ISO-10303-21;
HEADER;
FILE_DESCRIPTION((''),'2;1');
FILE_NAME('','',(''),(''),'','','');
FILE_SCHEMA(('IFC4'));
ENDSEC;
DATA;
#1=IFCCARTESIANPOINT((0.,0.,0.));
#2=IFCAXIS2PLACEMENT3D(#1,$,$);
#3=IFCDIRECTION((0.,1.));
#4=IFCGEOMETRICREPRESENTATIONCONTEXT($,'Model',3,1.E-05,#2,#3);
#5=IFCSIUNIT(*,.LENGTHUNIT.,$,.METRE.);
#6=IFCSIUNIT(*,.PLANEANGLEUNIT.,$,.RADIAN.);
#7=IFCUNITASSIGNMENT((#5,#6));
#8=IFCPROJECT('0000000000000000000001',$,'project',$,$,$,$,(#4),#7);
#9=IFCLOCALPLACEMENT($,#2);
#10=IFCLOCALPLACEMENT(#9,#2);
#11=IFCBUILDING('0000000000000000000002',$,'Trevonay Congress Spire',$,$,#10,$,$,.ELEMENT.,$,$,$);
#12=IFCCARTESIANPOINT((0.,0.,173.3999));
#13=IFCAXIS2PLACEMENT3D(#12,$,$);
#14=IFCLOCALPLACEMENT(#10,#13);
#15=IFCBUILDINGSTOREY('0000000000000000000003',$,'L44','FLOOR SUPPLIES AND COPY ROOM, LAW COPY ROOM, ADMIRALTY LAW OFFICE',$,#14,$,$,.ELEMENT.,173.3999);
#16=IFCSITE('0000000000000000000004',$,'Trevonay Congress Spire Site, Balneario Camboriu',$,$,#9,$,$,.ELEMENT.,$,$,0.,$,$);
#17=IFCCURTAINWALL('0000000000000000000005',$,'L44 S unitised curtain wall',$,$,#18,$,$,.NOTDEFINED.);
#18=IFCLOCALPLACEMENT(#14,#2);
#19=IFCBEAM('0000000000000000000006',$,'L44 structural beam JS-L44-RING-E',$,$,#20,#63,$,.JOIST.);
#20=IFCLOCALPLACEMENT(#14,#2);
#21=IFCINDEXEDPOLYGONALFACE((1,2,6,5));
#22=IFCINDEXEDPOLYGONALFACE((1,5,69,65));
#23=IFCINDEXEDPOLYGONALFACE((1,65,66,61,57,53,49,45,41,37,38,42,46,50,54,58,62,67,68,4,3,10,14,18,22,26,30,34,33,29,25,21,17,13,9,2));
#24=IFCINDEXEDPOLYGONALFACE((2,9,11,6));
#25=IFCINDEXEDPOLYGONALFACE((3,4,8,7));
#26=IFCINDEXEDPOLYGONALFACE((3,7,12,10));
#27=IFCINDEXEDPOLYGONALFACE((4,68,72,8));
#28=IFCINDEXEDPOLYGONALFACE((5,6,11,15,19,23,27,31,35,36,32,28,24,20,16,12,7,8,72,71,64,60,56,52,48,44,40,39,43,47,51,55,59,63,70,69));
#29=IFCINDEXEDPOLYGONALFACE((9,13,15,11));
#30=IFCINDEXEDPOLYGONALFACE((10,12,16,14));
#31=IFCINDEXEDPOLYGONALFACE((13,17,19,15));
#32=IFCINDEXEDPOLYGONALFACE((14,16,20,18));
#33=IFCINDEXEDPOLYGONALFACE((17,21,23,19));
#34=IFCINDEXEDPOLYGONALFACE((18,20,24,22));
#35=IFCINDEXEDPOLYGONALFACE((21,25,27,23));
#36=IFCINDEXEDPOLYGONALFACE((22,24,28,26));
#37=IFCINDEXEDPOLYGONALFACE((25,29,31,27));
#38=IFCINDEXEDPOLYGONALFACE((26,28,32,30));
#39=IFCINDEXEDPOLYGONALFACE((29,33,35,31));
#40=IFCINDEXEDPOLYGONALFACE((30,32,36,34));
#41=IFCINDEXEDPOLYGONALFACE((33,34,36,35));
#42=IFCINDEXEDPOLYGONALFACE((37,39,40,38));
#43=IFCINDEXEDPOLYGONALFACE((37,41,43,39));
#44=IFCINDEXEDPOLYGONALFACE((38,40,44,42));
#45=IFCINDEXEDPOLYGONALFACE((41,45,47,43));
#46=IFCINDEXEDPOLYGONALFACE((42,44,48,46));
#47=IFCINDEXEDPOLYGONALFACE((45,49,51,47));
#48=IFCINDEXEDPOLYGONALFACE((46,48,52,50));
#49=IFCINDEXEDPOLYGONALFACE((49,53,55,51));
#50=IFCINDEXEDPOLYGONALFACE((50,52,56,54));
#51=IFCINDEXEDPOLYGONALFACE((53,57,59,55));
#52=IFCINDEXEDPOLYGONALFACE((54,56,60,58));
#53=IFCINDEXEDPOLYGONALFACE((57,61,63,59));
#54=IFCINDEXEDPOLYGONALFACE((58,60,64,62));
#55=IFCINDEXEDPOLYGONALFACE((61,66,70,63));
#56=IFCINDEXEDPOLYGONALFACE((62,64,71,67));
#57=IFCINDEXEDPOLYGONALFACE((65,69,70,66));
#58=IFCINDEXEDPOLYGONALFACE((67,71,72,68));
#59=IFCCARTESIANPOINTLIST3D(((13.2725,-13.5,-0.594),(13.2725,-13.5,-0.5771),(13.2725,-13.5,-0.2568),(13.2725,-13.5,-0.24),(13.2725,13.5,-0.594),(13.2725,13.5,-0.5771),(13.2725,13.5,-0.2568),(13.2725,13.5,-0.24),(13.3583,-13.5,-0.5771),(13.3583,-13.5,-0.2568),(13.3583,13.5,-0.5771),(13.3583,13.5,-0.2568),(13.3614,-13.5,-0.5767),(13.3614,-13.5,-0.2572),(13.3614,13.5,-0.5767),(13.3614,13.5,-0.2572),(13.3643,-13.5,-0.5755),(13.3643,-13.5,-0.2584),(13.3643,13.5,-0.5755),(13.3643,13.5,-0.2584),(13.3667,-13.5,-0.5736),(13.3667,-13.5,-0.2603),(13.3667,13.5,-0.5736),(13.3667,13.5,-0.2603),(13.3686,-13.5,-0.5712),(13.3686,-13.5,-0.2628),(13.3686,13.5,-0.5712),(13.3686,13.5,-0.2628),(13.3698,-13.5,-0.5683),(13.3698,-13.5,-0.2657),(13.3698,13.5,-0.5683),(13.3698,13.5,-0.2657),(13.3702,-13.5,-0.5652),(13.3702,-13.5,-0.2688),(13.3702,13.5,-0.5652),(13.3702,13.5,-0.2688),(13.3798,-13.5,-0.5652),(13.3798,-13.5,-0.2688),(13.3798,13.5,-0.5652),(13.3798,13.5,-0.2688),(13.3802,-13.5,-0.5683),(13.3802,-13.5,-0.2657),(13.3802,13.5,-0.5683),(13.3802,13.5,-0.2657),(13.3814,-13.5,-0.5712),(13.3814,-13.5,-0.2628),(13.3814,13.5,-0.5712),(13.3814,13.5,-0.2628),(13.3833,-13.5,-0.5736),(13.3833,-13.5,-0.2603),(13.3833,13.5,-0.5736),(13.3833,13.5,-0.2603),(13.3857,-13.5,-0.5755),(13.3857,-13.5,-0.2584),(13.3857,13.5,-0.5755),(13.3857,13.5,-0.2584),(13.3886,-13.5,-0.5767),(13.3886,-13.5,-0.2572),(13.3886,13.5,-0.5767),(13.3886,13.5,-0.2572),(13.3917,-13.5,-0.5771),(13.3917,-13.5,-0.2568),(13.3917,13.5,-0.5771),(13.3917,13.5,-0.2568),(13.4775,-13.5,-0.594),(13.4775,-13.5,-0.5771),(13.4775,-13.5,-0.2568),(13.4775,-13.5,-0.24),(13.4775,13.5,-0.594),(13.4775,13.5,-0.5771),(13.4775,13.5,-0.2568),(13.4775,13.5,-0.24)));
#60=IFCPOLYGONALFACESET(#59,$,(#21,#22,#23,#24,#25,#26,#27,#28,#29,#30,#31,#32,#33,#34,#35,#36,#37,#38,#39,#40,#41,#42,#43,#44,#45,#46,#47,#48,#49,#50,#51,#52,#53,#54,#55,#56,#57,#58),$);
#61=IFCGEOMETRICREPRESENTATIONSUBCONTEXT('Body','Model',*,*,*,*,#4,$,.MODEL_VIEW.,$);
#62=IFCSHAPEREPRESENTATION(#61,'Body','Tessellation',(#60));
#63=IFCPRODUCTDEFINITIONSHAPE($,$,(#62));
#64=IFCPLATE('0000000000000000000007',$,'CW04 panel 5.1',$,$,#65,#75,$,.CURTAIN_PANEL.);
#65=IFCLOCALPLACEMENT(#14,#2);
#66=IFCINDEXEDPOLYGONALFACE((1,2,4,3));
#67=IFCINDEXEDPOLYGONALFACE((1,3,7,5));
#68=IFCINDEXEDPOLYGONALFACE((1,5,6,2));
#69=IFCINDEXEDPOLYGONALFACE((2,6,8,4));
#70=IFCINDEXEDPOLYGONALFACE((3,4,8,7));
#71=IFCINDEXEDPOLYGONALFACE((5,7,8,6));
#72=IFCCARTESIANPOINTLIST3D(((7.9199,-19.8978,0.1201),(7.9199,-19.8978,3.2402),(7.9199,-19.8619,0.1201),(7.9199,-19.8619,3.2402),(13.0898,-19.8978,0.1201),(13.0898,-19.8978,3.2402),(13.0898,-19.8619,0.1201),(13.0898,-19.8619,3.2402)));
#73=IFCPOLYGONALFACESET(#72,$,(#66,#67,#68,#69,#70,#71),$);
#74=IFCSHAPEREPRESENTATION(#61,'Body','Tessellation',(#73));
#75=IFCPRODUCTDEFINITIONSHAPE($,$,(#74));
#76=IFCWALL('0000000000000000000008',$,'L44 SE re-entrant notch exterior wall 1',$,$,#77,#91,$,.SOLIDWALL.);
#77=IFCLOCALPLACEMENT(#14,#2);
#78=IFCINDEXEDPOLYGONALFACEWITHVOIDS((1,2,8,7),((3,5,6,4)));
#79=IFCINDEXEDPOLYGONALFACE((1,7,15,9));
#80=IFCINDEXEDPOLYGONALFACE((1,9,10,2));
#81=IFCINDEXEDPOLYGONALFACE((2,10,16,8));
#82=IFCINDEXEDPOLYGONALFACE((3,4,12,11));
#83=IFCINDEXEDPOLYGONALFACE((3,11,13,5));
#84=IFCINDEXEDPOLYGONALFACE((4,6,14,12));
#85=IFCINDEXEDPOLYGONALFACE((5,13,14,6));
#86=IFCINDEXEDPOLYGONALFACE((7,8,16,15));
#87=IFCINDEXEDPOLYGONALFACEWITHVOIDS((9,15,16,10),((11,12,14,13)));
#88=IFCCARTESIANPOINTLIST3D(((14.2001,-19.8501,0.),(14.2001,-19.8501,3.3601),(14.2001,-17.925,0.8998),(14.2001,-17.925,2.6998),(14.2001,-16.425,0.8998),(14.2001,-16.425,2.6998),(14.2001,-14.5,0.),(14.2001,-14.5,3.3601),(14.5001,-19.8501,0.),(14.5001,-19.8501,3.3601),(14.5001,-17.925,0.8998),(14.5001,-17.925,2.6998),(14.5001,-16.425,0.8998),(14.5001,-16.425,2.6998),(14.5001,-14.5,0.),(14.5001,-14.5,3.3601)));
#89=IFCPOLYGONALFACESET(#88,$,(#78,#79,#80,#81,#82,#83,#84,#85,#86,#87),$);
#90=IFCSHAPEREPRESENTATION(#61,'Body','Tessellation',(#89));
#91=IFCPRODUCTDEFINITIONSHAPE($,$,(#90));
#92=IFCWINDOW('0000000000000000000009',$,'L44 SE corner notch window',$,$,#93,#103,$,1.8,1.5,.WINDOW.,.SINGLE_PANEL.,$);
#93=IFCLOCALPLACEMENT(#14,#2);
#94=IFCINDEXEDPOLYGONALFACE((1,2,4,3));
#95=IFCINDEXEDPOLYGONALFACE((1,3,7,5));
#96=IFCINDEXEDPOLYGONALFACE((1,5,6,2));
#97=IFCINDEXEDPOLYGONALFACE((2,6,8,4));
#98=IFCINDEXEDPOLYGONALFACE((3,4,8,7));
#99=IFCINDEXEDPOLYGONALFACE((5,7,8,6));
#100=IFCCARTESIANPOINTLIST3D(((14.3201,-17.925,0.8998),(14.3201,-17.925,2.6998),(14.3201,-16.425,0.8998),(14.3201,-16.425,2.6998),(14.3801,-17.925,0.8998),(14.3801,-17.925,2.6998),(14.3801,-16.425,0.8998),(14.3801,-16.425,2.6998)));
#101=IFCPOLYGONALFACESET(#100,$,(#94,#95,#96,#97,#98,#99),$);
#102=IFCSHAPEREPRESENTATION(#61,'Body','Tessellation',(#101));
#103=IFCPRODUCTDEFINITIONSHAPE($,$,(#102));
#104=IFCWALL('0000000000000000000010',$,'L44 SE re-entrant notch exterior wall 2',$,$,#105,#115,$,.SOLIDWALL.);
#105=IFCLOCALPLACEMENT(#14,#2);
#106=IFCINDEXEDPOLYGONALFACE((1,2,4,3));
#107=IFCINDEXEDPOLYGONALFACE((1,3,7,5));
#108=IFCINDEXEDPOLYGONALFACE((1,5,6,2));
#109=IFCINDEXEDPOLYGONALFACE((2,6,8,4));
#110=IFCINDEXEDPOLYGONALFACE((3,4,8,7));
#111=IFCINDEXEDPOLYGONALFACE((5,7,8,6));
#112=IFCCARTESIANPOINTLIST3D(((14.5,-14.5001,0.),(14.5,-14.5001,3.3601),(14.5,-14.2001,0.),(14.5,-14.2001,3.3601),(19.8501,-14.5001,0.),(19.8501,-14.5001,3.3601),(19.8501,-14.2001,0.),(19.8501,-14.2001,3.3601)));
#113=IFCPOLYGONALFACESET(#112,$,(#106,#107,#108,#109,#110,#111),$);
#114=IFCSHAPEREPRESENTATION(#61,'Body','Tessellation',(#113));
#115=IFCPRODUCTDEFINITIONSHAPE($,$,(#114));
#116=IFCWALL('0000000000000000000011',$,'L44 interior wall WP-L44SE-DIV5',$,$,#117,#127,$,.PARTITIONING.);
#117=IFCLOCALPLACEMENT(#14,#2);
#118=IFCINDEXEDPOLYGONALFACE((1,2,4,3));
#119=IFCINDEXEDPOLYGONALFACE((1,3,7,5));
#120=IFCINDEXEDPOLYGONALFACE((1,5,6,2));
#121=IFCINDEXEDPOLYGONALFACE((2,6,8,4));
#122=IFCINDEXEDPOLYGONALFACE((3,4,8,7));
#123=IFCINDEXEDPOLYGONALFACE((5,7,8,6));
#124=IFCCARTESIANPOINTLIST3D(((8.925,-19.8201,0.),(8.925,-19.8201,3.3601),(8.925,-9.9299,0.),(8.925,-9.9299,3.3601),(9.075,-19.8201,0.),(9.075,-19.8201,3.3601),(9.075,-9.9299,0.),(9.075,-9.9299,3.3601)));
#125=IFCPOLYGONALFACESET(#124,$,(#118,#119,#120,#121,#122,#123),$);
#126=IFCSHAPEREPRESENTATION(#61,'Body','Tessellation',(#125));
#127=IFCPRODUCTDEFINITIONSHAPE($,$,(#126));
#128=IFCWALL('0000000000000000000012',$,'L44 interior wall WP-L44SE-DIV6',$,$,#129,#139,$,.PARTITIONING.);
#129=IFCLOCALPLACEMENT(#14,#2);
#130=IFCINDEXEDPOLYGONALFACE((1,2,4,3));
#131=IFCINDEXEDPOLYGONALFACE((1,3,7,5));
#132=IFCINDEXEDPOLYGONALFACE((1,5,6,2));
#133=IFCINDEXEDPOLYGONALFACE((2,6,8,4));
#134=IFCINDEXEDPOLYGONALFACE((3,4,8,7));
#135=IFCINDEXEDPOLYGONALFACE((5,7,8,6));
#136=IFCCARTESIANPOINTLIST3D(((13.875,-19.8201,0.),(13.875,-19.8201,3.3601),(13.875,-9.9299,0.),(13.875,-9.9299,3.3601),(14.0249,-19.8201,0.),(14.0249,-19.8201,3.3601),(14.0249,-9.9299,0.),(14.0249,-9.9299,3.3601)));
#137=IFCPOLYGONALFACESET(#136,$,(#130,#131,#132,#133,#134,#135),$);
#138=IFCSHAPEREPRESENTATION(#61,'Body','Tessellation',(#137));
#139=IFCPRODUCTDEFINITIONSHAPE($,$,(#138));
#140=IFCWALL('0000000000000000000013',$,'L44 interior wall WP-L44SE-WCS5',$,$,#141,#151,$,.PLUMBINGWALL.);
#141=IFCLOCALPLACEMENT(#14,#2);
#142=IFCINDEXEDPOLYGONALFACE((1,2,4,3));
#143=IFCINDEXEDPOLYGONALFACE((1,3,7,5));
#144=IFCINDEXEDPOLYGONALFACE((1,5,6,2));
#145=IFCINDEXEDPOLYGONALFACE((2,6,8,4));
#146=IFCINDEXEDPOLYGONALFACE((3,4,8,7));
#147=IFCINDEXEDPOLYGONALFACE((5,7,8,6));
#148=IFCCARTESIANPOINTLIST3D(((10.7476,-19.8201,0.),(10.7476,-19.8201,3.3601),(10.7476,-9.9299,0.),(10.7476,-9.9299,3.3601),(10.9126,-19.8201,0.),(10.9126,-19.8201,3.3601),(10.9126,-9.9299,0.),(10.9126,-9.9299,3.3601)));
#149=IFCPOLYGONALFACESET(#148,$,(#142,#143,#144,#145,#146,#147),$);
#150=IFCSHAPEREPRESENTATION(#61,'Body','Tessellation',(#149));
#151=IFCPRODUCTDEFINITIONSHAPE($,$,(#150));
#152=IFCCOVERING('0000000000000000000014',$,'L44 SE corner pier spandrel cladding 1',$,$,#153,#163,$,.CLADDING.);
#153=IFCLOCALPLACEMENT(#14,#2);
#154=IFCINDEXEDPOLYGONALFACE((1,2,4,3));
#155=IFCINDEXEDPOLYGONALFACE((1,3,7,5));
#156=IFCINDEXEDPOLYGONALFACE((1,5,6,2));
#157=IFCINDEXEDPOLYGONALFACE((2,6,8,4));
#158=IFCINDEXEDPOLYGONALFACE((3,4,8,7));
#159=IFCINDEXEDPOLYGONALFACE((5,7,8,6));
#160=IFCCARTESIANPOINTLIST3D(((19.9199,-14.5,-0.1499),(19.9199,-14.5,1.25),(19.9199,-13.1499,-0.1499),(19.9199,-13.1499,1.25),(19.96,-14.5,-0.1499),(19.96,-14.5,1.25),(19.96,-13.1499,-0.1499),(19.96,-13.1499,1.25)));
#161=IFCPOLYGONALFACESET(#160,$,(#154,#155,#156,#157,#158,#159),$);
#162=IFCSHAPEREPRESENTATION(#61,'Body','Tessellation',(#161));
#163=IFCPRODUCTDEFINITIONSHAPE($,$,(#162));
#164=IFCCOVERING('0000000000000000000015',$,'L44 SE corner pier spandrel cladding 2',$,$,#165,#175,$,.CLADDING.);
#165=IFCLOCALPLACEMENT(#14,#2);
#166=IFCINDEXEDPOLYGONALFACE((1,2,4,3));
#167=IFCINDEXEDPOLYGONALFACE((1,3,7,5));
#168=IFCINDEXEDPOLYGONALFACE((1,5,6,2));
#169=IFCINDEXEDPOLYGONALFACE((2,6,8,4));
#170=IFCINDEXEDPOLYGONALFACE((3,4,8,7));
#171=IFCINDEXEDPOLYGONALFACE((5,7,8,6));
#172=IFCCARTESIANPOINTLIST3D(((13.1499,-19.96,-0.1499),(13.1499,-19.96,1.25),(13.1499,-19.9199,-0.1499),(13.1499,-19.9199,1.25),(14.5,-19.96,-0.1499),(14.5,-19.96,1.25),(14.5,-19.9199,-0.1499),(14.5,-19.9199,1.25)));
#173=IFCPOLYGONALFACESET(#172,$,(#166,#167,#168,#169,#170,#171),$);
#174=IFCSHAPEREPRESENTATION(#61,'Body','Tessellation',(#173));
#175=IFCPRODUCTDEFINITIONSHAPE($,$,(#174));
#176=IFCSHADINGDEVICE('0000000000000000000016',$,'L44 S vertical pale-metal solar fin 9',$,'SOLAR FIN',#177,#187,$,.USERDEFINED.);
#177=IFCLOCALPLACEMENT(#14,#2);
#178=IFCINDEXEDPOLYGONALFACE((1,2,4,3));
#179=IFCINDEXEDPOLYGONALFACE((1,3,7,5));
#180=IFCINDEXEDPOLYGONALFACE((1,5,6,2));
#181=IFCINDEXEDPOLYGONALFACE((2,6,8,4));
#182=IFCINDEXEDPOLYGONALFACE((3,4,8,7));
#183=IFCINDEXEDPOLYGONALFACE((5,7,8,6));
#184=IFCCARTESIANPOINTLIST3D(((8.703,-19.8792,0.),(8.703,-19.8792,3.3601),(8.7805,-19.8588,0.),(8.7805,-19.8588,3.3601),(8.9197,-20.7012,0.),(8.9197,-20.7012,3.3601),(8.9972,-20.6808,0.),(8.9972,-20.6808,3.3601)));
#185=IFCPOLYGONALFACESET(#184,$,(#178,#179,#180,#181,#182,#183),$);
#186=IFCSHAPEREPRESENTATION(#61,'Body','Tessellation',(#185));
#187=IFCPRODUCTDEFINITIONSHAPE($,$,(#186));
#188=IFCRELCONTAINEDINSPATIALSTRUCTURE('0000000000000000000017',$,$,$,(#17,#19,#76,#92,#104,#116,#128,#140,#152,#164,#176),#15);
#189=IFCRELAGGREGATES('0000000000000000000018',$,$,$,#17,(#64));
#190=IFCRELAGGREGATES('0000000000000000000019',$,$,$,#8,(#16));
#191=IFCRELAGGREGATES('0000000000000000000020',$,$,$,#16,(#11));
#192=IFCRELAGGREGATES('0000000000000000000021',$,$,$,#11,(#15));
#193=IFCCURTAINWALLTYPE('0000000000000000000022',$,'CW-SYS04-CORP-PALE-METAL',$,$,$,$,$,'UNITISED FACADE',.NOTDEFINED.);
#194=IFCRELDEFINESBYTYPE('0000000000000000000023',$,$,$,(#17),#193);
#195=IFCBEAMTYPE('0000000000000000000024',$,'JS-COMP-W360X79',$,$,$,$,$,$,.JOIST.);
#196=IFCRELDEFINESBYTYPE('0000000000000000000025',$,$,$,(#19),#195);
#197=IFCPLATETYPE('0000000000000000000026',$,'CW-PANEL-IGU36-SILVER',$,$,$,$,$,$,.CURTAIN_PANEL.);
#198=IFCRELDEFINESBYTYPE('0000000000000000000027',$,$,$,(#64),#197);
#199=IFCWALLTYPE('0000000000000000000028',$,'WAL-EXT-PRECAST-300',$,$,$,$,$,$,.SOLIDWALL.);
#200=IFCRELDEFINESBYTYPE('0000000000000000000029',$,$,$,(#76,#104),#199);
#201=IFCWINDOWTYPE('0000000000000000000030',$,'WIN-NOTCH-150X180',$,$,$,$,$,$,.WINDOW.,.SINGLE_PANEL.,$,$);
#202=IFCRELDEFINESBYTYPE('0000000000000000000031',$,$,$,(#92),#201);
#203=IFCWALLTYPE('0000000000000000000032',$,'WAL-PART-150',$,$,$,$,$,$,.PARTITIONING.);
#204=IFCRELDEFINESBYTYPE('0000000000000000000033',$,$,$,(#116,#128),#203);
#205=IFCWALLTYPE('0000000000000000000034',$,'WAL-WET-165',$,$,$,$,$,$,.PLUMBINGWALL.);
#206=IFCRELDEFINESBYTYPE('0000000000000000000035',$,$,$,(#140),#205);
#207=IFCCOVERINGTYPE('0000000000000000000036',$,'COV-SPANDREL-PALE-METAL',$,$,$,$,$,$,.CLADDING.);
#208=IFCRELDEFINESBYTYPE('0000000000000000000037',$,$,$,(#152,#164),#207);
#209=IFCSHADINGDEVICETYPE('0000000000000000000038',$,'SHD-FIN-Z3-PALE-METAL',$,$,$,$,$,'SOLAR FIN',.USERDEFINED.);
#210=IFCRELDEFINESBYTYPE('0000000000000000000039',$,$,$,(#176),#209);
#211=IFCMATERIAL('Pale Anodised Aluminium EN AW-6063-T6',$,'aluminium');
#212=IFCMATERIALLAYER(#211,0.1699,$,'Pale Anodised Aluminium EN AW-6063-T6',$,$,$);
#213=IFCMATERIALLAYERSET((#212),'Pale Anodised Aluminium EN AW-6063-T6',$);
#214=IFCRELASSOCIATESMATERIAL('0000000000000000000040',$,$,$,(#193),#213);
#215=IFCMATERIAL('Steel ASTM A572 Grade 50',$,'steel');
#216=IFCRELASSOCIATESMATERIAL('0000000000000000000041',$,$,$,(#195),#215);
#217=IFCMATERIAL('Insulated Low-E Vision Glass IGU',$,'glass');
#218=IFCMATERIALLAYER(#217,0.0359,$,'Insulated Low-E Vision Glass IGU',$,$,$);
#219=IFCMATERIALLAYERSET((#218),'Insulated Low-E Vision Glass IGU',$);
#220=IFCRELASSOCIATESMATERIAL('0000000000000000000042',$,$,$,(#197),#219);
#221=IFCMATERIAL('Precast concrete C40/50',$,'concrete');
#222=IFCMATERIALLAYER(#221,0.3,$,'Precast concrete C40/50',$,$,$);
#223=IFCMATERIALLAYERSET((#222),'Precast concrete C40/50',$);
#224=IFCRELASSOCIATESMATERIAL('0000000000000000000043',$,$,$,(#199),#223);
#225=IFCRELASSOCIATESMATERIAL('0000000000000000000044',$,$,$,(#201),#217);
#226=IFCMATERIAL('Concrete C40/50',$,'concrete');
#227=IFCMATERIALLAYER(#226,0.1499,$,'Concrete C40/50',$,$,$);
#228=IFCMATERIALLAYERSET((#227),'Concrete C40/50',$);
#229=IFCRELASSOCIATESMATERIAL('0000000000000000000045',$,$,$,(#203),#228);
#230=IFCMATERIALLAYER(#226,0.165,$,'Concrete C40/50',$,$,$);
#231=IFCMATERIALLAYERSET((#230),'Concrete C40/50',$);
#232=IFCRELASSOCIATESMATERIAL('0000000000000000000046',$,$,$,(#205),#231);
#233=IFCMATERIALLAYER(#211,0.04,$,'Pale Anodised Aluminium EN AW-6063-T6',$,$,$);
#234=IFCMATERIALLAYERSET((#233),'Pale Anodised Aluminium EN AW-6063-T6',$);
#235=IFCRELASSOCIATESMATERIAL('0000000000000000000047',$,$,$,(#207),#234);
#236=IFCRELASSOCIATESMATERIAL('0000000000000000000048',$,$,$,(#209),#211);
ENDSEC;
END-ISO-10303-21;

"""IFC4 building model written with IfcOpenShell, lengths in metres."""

from ifc_helpers import new_model, si_unit, direction, frame, frame_2d, origin, origin_2d, place, context, subcontext, project, spatial, rectangle, i_section, extrude, material, layer, layer_set, material_profile, profile_set, type_object, element, fill, aggregate, save


model = new_model("IFC4")

# Units and contexts
model_context = context("Model", 3, precision=1e-05, world=origin(), true_north=direction((0.0, 1.0)))
body_context = subcontext(model_context, "Body", "Model", "MODEL_VIEW")
ifc_project = project(units=[si_unit("LENGTHUNIT", "METRE"), si_unit("PLANEANGLEUNIT", "RADIAN")], contexts=[model_context])

# Site, building, storey
site_placement = place(None, origin())
site = spatial("IfcSite", under=ifc_project, at=site_placement, Name="Trevonay Congress Spire Site, Balneario Camboriu", CompositionType="ELEMENT", RefElevation=0.0)
building_placement = place(site_placement, origin())
building = spatial("IfcBuilding", under=site, at=building_placement, Name="Trevonay Congress Spire", CompositionType="ELEMENT")
storey_placement = place(building_placement, frame((0.0, 0.0, 173.3999)))
storey = spatial("IfcBuildingStorey", under=building, at=storey_placement, Name="L44", Description="FLOOR SUPPLIES AND COPY ROOM, LAW COPY ROOM, ADMIRALTY LAW OFFICE", CompositionType="ELEMENT", Elevation=173.3999)

# Shared definitions
ifc_material_1 = material(Name="Steel ASTM A572 Grade 50", Category="steel")

# Curtain wall
ifc_material_2 = material(Name="Pale Anodised Aluminium EN AW-6063-T6", Category="aluminium")
ifc_layer_1 = layer(ifc_material_2, 0.1699, Name="Pale Anodised Aluminium EN AW-6063-T6")
ifc_layer_set_1 = layer_set([ifc_layer_1], Name="Pale Anodised Aluminium EN AW-6063-T6")
curtain_wall_type = type_object("IfcCurtainWallType", Name="CW-SYS04-CORP-PALE-METAL", ElementType="UNITISED FACADE", PredefinedType="NOTDEFINED", material=ifc_layer_set_1)
curtain_wall_1_placement = place(storey_placement, origin())
curtain_wall_1 = element("IfcCurtainWall", 1, at=curtain_wall_1_placement, inside=storey, type_object=curtain_wall_type, Name="L44 S unitised curtain wall", PredefinedType="NOTDEFINED")

# Beam
ifc_material_profile_1 = material_profile(ifc_material_1, i_section(OverallWidth=0.2051, OverallDepth=0.354, WebThickness=0.0095, FlangeThickness=0.0168, FilletRadius=0.012, at=origin_2d()), Name="W360x79")
ifc_profile_set_1 = profile_set([ifc_material_profile_1], Name="Steel ASTM A572 Grade 50")
beam_type_1 = type_object("IfcBeamType", Name="JS-COMP-W360X79", PredefinedType="JOIST", material=ifc_profile_set_1)
beam_placement = place(storey_placement, frame((13.375, -13.5, -0.417), z_axis=(0.0, 1.0, 0.0), x_axis=(-1.0, 0.0, 0.0)))
element("IfcBeam", 2, at=beam_placement, inside=storey, type_object=beam_type_1, Name="L44 structural beam JS-L44-RING-E", PredefinedType="JOIST", context=body_context, shape_type="SweptSolid", body=[
    extrude(i_section(OverallWidth=0.2051, OverallDepth=0.354, WebThickness=0.0095, FlangeThickness=0.0168, FilletRadius=0.012, at=origin_2d()), origin(), (0.0, 0.0, 1.0), 27.0),
])

# Plate
ifc_material_3 = material(Name="Insulated Low-E Vision Glass IGU", Category="glass")
ifc_layer_2 = layer(ifc_material_3, 0.0359, Name="Insulated Low-E Vision Glass IGU")
ifc_layer_set_2 = layer_set([ifc_layer_2], Name="Insulated Low-E Vision Glass IGU")
plate_type = type_object("IfcPlateType", Name="CW-PANEL-IGU36-SILVER", PredefinedType="CURTAIN_PANEL", material=ifc_layer_set_2)
plate_placement = place(storey_placement, frame((10.5049, -19.8799, 0.1201), z_axis=(0.0, 0.0, 1.0), x_axis=(1.0, 0.0, 0.0)))
plate = element("IfcPlate", 3, at=plate_placement, type_object=plate_type, Name="CW04 panel 5.1", PredefinedType="CURTAIN_PANEL", context=body_context, shape_type="SweptSolid", body=[
    extrude(rectangle(XDim=5.1699, YDim=0.0359, at=origin_2d()), origin(), (0.0, 0.0, 1.0), 3.1201),
])
aggregate(curtain_wall_1, [plate])

# Wall, opening, window
ifc_material_4 = material(Name="Precast concrete C40/50", Category="concrete")
ifc_layer_3 = layer(ifc_material_4, 0.3, Name="Precast concrete C40/50")
ifc_layer_set_3 = layer_set([ifc_layer_3], Name="Precast concrete C40/50")
wall_type_1 = type_object("IfcWallType", Name="WAL-EXT-PRECAST-300", PredefinedType="SOLIDWALL", material=ifc_layer_set_3)
wall_1_placement = place(storey_placement, frame((14.3501, -19.8501, 0.0), z_axis=(0.0, 0.0, 1.0), x_axis=(0.0, 1.0, 0.0)))
wall_1 = element("IfcWall", 4, at=wall_1_placement, inside=storey, type_object=wall_type_1, Name="L44 SE re-entrant notch exterior wall 1", PredefinedType="SOLIDWALL", context=body_context, shape_type="SweptSolid", body=[
    extrude(rectangle(XDim=5.3501, YDim=0.3, at=frame_2d((2.675, 0.0))), origin(), (0.0, 0.0, 1.0), 3.3601),
])
opening_placement = place(wall_1_placement, frame((1.925, 0.0, 0.8999)))
opening = element("IfcOpeningElement", 5, at=opening_placement, cuts=wall_1, PredefinedType="OPENING", context=body_context, shape_type="SweptSolid", body=[
    extrude(rectangle(XDim=1.5, YDim=1.8, at=frame_2d((0.75, 0.8999))), frame((0.0, 0.1602, 0.0), z_axis=(0.0, -1.0, 0.0), x_axis=(1.0, 0.0, 0.0)), (0.0, 0.0, 1.0), 0.3201),
])
window_type = type_object("IfcWindowType", Name="WIN-NOTCH-150X180", PartitioningType="SINGLE_PANEL", PredefinedType="WINDOW", material=ifc_material_3)
window_placement = place(opening_placement, origin())
window = element("IfcWindow", 6, at=window_placement, inside=storey, type_object=window_type, Name="L44 SE corner notch window", OverallHeight=1.8, OverallWidth=1.5, PartitioningType="SINGLE_PANEL", PredefinedType="WINDOW", context=body_context, shape_type="SweptSolid", body=[
    extrude(rectangle(XDim=1.5, YDim=1.8, at=frame_2d((0.75, 0.8999))), frame((0.0, 0.03, 0.0), z_axis=(0.0, -1.0, 0.0), x_axis=(1.0, 0.0, 0.0)), (0.0, 0.0, 1.0), 0.0601),
])
fill(opening, window)

# Walls
wall_2_placement = place(storey_placement, frame((19.8501, -14.3501, 0.0), z_axis=(0.0, 0.0, 1.0), x_axis=(-1.0, 0.0, 0.0)))
element("IfcWall", 7, at=wall_2_placement, inside=storey, type_object=wall_type_1, Name="L44 SE re-entrant notch exterior wall 2", PredefinedType="SOLIDWALL", context=body_context, shape_type="SweptSolid", body=[
    extrude(rectangle(XDim=5.3501, YDim=0.3, at=frame_2d((2.675, 0.0))), origin(), (0.0, 0.0, 1.0), 3.3601),
])
ifc_material_5 = material(Name="Concrete C40/50", Category="concrete")
ifc_layer_4 = layer(ifc_material_5, 0.1499, Name="Concrete C40/50")
ifc_layer_set_4 = layer_set([ifc_layer_4], Name="Concrete C40/50")
wall_type_2 = type_object("IfcWallType", Name="WAL-PART-150", PredefinedType="PARTITIONING", material=ifc_layer_set_4)
for number, where, z_axis, x_axis, name in (
    (8, (9.0, -19.8201, 0.0), (0.0, 0.0, 1.0), (0.0, 1.0, 0.0), "L44 interior wall WP-L44SE-DIV5"),
    (9, (13.95, -19.8201, 0.0), (0.0, 0.0, 1.0), (0.0, 1.0, 0.0), "L44 interior wall WP-L44SE-DIV6"),
):
    element("IfcWall", number, at=place(storey_placement, frame(where, z_axis=z_axis, x_axis=x_axis)), inside=storey, type_object=wall_type_2, Name=name, PredefinedType="PARTITIONING", context=body_context, shape_type="SweptSolid", body=[
        extrude(rectangle(XDim=9.8901, YDim=0.1499, at=frame_2d((4.9451, 0.0))), origin(), (0.0, 0.0, 1.0), 3.3601),
    ])
ifc_layer_5 = layer(ifc_material_5, 0.165, Name="Concrete C40/50")
ifc_layer_set_5 = layer_set([ifc_layer_5], Name="Concrete C40/50")
wall_type_3 = type_object("IfcWallType", Name="WAL-WET-165", PredefinedType="PLUMBINGWALL", material=ifc_layer_set_5)
wall_3_placement = place(storey_placement, frame((10.8301, -19.8201, 0.0), z_axis=(0.0, 0.0, 1.0), x_axis=(0.0, 1.0, 0.0)))
element("IfcWall", 10, at=wall_3_placement, inside=storey, type_object=wall_type_3, Name="L44 interior wall WP-L44SE-WCS5", PredefinedType="PLUMBINGWALL", context=body_context, shape_type="SweptSolid", body=[
    extrude(rectangle(XDim=9.8901, YDim=0.165, at=frame_2d((4.9451, 0.0))), origin(), (0.0, 0.0, 1.0), 3.3601),
])

# Coverings
ifc_layer_6 = layer(ifc_material_2, 0.04, Name="Pale Anodised Aluminium EN AW-6063-T6")
ifc_layer_set_6 = layer_set([ifc_layer_6], Name="Pale Anodised Aluminium EN AW-6063-T6")
covering_type = type_object("IfcCoveringType", Name="COV-SPANDREL-PALE-METAL", PredefinedType="CLADDING", material=ifc_layer_set_6)
for number, where, z_axis, x_axis, name in (
    (11, (19.9399, -13.1499, -0.1499), (0.0, 0.0, 1.0), (0.0, -1.0, 0.0), "L44 SE corner pier spandrel cladding 1"),
    (12, (13.1499, -19.9399, -0.1499), (0.0, 0.0, 1.0), (1.0, 0.0, 0.0), "L44 SE corner pier spandrel cladding 2"),
):
    element("IfcCovering", number, at=place(storey_placement, frame(where, z_axis=z_axis, x_axis=x_axis)), inside=storey, type_object=covering_type, Name=name, PredefinedType="CLADDING", context=body_context, shape_type="SweptSolid", body=[
        extrude(rectangle(XDim=1.3501, YDim=0.04, at=frame_2d((0.675, 0.0))), origin(), (0.0, 0.0, 1.0), 1.3999),
    ])

# Shading device
shading_device_type = type_object("IfcShadingDeviceType", Name="SHD-FIN-Z3-PALE-METAL", ElementType="SOLAR FIN", PredefinedType="USERDEFINED", material=ifc_material_2)
shading_device_placement = place(storey_placement, frame((8.8501, -20.28, 0.0), z_axis=(0.0, 0.0, 1.0), x_axis=(0.966957, 0.254939, 0.0)))
element("IfcShadingDevice", 13, at=shading_device_placement, inside=storey, type_object=shading_device_type, Name="L44 S vertical pale-metal solar fin 9", ObjectType="SOLAR FIN", PredefinedType="USERDEFINED", context=body_context, shape_type="SweptSolid", body=[
    extrude(rectangle(XDim=0.0801, YDim=0.8501, at=origin_2d()), origin(), (0.0, 0.0, 1.0), 3.3601),
])

save(model, "model.ifc")
